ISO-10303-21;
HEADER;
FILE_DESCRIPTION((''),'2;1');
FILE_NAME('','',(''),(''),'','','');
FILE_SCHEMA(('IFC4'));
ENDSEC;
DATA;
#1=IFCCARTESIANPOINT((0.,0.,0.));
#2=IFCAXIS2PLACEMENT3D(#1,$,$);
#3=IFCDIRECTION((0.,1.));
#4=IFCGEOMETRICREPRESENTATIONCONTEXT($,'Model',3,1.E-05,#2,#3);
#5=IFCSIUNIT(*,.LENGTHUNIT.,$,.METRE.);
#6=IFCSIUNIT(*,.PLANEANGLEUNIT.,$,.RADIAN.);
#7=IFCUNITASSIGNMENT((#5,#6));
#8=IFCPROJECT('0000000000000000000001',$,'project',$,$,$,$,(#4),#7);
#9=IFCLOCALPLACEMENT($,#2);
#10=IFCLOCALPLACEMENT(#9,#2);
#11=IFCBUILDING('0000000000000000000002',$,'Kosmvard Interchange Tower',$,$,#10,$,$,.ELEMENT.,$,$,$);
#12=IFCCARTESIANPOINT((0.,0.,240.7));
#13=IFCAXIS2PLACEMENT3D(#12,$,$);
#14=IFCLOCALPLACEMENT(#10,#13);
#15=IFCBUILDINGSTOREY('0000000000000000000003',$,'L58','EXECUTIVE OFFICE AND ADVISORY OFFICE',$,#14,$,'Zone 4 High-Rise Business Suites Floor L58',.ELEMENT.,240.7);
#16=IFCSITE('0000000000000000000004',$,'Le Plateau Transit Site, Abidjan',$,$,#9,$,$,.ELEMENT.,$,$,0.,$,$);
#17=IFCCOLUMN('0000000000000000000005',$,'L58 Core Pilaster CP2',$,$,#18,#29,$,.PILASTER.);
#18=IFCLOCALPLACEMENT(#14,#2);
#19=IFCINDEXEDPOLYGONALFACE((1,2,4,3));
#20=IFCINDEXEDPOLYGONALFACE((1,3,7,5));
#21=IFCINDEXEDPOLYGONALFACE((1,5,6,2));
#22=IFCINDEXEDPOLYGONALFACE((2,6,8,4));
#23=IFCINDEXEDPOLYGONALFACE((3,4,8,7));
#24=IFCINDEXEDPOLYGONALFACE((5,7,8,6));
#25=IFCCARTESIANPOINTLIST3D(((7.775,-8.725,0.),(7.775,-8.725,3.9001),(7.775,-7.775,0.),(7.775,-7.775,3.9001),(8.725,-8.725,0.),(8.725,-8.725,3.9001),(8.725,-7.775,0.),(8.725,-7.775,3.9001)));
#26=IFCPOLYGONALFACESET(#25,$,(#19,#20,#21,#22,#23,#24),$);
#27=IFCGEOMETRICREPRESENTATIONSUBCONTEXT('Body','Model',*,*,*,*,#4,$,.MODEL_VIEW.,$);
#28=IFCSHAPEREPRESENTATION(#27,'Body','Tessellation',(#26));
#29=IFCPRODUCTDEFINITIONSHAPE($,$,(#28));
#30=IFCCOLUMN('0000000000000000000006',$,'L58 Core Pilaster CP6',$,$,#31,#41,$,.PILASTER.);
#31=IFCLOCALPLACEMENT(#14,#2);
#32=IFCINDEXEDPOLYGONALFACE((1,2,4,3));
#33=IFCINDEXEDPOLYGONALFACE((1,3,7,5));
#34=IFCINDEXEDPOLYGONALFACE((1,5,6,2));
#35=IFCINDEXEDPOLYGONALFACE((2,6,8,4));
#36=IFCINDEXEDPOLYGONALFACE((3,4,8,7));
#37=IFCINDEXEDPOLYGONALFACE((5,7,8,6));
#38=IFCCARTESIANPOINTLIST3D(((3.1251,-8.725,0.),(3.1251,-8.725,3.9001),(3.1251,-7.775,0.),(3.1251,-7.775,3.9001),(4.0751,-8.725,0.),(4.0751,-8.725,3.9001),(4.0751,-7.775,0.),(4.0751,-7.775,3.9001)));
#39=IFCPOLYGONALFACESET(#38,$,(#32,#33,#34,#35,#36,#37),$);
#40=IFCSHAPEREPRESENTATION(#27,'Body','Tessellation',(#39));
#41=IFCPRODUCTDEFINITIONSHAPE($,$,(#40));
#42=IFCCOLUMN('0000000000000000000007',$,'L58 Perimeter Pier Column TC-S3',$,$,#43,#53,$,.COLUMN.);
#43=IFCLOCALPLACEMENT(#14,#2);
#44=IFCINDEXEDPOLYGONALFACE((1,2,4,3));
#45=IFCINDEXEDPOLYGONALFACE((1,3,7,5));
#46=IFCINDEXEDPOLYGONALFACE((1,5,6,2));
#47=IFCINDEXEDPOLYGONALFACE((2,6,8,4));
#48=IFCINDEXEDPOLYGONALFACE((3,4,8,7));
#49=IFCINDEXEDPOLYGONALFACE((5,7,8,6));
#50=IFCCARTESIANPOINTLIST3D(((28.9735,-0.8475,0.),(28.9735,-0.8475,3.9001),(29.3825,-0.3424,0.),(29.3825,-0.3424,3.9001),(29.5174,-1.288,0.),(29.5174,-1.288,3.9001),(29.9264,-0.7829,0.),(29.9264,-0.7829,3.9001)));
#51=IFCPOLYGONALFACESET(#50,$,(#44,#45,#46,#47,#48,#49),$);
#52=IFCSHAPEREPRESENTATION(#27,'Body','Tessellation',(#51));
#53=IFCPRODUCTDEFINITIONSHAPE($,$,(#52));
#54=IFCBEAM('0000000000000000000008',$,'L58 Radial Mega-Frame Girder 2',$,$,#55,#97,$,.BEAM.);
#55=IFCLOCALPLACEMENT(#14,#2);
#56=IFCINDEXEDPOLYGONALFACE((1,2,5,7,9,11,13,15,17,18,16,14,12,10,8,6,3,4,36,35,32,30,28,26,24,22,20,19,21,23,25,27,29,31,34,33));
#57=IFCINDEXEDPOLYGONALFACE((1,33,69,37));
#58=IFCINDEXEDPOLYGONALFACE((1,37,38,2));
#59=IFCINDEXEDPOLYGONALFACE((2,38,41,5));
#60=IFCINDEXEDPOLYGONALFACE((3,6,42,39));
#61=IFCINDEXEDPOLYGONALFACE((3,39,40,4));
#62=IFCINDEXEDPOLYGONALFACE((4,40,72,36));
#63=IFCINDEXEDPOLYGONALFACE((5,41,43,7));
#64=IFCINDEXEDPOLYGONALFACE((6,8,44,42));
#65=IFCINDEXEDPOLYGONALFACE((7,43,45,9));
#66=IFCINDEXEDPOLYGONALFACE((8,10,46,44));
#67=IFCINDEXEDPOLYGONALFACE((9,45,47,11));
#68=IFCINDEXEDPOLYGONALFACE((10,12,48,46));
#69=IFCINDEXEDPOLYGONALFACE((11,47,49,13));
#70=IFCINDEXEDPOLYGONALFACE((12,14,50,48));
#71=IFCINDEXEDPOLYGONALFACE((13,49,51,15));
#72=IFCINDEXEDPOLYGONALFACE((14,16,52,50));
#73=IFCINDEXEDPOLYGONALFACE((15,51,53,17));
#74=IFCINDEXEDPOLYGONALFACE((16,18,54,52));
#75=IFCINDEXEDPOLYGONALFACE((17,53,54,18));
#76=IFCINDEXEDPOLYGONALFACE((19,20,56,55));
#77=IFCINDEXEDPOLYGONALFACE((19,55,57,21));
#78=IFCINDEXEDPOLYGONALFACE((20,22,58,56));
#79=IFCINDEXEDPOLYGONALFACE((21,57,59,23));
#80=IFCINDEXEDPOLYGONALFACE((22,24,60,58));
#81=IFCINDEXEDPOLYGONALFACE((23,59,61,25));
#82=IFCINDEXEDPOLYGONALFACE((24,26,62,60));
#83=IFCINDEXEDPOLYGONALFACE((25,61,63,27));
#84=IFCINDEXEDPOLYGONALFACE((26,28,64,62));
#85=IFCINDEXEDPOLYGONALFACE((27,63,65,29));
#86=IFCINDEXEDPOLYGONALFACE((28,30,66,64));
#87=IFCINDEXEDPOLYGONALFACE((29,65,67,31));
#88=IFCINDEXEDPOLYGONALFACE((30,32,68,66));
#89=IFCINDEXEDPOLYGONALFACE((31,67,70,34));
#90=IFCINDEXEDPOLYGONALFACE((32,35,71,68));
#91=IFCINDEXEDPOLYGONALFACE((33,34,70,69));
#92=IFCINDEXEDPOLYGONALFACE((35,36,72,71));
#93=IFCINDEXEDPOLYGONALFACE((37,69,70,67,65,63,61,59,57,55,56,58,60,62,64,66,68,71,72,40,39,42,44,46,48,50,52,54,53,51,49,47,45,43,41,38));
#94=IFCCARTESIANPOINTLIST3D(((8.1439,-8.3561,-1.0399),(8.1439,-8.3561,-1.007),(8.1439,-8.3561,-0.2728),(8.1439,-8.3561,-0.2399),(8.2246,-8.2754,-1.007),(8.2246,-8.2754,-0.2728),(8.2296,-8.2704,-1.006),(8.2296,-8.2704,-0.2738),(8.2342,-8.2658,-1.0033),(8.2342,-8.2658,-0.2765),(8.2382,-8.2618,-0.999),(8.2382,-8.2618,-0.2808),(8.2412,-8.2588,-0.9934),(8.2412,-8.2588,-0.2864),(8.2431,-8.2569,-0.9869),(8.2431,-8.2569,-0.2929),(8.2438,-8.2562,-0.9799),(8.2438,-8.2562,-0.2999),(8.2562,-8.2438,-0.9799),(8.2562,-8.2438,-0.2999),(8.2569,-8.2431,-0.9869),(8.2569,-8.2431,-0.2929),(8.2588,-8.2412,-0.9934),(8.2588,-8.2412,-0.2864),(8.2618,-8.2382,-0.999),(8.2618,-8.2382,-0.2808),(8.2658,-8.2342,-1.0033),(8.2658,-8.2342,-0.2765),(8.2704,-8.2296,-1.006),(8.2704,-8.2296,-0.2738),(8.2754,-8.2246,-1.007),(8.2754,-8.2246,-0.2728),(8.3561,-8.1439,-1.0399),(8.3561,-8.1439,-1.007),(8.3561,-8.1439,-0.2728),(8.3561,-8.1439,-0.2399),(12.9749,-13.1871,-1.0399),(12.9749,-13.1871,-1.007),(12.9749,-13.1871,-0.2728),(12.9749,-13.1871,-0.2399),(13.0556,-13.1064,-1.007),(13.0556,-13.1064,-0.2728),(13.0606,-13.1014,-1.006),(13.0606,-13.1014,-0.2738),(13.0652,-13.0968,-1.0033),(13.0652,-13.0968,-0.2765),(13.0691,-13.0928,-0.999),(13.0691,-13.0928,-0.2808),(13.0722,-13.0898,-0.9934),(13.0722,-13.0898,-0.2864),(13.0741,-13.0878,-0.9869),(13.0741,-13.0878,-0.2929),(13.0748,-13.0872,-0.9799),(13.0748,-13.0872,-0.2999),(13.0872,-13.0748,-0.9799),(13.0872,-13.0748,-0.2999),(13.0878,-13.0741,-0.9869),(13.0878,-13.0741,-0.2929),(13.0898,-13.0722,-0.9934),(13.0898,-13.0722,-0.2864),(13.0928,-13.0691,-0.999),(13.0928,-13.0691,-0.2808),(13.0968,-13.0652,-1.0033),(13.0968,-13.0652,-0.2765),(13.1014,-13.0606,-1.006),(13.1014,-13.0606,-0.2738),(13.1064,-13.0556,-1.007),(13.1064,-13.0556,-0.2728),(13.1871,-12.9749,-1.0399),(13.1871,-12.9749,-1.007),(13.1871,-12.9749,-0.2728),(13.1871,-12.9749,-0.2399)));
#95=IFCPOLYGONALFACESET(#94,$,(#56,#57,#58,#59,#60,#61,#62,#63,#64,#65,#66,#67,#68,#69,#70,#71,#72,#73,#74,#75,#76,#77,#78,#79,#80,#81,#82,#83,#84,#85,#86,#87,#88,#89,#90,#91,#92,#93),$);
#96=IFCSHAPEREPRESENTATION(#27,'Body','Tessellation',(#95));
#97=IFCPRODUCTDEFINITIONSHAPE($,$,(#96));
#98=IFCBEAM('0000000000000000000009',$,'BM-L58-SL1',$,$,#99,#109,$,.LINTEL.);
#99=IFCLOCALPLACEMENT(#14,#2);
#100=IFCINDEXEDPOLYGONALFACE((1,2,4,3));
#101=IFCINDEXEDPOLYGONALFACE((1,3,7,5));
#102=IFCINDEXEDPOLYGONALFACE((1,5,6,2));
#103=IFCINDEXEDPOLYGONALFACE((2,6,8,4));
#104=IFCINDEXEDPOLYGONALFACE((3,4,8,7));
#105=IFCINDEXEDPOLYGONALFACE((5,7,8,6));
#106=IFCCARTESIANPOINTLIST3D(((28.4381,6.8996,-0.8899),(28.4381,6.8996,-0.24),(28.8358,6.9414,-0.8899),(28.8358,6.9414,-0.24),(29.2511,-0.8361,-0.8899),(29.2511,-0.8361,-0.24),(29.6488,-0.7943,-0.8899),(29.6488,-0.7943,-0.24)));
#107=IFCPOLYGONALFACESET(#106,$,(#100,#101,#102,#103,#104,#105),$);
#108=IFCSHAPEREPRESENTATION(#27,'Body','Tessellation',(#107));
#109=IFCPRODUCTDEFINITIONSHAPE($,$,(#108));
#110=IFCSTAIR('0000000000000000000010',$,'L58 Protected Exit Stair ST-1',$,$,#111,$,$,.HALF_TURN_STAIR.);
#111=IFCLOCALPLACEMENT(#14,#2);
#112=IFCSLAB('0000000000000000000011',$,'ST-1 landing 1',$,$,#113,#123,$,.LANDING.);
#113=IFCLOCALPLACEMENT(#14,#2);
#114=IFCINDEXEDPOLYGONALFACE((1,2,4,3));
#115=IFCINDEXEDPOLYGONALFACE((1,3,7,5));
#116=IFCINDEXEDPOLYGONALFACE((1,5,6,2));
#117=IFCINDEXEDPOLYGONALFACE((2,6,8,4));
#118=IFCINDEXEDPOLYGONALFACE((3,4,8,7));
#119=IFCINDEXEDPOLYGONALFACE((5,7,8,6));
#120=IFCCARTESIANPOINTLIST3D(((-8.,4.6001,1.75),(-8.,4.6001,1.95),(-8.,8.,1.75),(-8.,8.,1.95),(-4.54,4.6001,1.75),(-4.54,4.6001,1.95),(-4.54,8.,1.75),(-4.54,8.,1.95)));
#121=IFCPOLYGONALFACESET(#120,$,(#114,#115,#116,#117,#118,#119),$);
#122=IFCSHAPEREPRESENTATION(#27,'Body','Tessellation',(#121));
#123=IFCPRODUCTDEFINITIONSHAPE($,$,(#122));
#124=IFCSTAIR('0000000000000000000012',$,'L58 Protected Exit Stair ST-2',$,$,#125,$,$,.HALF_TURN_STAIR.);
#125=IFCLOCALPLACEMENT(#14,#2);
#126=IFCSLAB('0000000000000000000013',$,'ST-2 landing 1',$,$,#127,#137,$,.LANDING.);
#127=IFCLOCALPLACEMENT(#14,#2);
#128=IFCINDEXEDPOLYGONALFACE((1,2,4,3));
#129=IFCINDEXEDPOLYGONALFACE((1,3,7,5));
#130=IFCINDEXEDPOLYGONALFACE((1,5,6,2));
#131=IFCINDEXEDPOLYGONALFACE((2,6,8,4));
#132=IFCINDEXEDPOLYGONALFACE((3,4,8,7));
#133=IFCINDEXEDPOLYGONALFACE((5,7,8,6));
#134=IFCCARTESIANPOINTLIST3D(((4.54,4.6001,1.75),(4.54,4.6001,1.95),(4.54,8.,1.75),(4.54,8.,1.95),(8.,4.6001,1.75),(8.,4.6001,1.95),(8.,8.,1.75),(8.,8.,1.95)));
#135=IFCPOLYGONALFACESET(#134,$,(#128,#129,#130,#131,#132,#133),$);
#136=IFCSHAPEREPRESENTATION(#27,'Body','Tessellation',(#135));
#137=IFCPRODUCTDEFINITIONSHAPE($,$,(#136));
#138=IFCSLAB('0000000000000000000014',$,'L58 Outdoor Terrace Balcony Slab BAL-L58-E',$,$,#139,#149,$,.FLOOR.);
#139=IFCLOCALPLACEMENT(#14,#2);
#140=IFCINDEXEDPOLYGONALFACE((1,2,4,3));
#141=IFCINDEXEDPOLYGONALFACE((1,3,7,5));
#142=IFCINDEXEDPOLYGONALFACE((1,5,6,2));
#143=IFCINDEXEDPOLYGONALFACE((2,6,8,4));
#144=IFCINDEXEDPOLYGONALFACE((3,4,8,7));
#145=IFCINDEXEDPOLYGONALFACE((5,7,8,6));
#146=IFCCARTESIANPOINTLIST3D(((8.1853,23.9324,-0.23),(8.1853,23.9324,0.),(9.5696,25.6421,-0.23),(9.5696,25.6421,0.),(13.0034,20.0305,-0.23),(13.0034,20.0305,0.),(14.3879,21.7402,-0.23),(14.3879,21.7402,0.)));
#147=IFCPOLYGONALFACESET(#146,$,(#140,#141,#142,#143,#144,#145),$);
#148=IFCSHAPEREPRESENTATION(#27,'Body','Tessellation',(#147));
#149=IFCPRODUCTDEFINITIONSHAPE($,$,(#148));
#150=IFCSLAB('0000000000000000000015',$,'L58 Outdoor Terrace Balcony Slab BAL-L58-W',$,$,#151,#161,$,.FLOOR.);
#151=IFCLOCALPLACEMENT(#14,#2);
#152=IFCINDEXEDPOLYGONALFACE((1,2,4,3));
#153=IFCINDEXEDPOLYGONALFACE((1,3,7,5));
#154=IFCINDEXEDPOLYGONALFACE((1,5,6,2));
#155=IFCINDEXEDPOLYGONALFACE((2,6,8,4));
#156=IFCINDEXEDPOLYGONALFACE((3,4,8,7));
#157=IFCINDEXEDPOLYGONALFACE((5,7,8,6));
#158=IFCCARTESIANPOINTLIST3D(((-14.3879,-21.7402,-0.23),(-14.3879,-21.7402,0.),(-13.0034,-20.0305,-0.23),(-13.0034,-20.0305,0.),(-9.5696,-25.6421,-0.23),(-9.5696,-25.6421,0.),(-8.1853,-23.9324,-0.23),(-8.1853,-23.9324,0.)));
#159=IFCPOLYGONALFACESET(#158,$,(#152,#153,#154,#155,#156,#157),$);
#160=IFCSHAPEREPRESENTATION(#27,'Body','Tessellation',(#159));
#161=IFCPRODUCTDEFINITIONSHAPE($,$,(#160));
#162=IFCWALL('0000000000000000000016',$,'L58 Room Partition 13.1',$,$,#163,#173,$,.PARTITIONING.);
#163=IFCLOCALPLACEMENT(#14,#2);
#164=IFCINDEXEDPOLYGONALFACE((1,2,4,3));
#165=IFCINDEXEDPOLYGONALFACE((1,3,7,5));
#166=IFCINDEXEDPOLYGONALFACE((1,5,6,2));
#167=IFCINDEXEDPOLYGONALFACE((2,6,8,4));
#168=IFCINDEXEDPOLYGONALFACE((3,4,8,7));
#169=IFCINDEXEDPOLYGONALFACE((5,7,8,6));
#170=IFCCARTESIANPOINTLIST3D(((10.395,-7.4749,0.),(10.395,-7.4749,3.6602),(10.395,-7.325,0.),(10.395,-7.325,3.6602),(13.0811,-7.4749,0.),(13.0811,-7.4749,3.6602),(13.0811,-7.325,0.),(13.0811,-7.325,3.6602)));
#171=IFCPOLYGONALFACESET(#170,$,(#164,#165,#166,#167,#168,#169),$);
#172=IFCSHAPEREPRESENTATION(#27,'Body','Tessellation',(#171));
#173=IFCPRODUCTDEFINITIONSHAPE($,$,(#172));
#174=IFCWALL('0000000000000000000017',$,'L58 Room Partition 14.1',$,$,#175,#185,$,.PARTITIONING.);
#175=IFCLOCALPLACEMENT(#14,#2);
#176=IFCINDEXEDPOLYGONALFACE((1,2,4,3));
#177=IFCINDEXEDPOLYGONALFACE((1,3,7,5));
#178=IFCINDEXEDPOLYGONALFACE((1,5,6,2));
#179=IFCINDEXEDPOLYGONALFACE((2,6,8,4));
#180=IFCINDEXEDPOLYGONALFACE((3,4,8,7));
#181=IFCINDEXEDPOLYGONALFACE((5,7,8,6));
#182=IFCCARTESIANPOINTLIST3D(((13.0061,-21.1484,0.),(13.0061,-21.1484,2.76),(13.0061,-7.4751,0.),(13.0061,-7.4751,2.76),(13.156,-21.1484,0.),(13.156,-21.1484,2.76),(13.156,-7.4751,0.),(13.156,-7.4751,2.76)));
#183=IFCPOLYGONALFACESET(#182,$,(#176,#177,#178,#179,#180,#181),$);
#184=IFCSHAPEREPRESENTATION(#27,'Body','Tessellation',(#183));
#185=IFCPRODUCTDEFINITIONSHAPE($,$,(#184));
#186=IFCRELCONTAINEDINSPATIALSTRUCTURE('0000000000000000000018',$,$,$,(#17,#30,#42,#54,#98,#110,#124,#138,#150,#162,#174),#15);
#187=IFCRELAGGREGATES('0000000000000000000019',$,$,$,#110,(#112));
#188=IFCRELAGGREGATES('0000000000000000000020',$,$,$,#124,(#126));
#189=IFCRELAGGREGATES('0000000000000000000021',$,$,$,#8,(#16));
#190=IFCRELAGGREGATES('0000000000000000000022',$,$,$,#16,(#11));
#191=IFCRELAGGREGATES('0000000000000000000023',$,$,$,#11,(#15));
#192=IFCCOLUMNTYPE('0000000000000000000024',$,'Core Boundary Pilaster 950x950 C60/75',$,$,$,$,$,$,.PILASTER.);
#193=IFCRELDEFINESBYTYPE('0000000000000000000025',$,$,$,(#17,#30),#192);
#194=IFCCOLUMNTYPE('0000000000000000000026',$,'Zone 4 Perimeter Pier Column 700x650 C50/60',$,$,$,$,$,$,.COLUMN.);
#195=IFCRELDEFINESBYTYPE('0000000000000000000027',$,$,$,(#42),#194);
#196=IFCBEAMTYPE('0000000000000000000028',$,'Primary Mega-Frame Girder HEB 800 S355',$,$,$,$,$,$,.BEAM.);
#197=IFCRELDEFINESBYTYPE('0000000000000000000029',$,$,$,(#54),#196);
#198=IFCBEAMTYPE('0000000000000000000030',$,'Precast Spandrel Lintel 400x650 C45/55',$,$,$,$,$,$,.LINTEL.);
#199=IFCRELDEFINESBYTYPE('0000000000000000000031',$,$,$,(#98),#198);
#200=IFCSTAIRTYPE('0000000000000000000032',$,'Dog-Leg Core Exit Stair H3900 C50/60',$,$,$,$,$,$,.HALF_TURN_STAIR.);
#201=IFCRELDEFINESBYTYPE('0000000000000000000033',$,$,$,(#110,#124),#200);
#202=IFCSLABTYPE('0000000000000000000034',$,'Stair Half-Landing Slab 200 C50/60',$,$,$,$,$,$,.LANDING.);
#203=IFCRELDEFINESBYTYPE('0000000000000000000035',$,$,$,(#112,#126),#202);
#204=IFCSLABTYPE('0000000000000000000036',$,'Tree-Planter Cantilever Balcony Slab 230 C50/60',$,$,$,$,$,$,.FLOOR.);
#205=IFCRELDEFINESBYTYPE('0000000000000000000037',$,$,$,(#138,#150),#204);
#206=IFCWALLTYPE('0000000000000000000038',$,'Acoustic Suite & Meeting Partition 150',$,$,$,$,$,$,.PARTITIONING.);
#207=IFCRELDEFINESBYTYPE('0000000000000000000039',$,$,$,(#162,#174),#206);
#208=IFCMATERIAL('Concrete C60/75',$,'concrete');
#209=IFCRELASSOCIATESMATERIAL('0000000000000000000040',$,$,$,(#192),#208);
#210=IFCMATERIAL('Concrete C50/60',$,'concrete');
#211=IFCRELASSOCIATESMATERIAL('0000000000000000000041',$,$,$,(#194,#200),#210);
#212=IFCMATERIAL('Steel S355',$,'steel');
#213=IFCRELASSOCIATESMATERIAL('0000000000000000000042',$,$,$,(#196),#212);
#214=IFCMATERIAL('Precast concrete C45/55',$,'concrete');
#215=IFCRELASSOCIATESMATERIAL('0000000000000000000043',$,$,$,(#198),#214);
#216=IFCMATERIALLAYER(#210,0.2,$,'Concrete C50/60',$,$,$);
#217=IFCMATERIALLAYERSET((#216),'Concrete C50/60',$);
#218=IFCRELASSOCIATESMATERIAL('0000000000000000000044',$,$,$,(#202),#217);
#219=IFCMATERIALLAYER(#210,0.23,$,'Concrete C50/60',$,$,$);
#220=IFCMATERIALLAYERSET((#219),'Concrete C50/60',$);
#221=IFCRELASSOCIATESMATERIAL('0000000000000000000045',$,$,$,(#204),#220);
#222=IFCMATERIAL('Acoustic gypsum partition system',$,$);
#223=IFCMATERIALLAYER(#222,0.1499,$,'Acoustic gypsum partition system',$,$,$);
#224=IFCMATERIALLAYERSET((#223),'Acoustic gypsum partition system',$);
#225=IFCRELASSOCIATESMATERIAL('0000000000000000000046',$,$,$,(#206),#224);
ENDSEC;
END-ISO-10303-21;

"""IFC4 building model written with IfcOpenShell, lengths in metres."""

from ifc_helpers import new_model, si_unit, direction, frame, frame_2d, origin, origin_2d, place, context, subcontext, project, spatial, polyline, rectangle, i_section, outline, extrude, source, transform, mapped, material, layer, layer_set, material_profile, profile_set, type_object, element, aggregate, save


model = new_model("IFC4")

# Units and contexts
model_context = context("Model", 3, precision=1e-05, world=origin(), true_north=direction((0.0, 1.0)))
body_context = subcontext(model_context, "Body", "Model", "MODEL_VIEW")
ifc_project = project(units=[si_unit("LENGTHUNIT", "METRE"), si_unit("PLANEANGLEUNIT", "RADIAN")], contexts=[model_context])

# Site, building, storey
site_placement = place(None, origin())
site = spatial("IfcSite", under=ifc_project, at=site_placement, Name="Le Plateau Transit Site, Abidjan", CompositionType="ELEMENT", RefElevation=0.0)
building_placement = place(site_placement, origin())
building = spatial("IfcBuilding", under=site, at=building_placement, Name="Kosmvard Interchange Tower", CompositionType="ELEMENT")
storey_placement = place(building_placement, frame((0.0, 0.0, 240.7)))
storey = spatial("IfcBuildingStorey", under=building, at=storey_placement, Name="L58", Description="EXECUTIVE OFFICE AND ADVISORY OFFICE", LongName="Zone 4 High-Rise Business Suites Floor L58", CompositionType="ELEMENT", Elevation=240.7)

# Columns
ifc_material_1 = material(Name="Concrete C60/75", Category="concrete")
ifc_material_profile_1 = material_profile(ifc_material_1, rectangle(XDim=0.95, YDim=0.95, at=origin_2d()), Name="CP 950x950")
ifc_profile_set_1 = profile_set([ifc_material_profile_1], Name="Concrete C60/75")
column_type_1 = type_object("IfcColumnType", Name="Core Boundary Pilaster 950x950 C60/75", PredefinedType="PILASTER", material=ifc_profile_set_1)
shared_shape_1 = source(origin(), body_context, "Body", "SweptSolid", [
    extrude(rectangle(XDim=0.95, YDim=0.95, at=origin_2d()), origin(), (0.0, 0.0, 1.0), 3.9001),
])
for number, where, z_axis, x_axis, name in (
    (1, (8.25, -8.25, 0.0), (0.0, 0.0, 1.0), (1.0, 0.0, 0.0), "L58 Core Pilaster CP2"),
    (2, (3.6001, -8.25, 0.0), (0.0, 0.0, 1.0), (1.0, 0.0, 0.0), "L58 Core Pilaster CP6"),
):
    element("IfcColumn", number, at=place(storey_placement, frame(where, z_axis=z_axis, x_axis=x_axis)), inside=storey, type_object=column_type_1, Name=name, PredefinedType="PILASTER", context=body_context, shape_type="MappedRepresentation", body=[
        mapped(shared_shape_1, transform((0.0, 0.0, 0.0), scale=1.0)),
    ])
ifc_material_2 = material(Name="Concrete C50/60", Category="concrete")
ifc_material_profile_2 = material_profile(ifc_material_2, rectangle(XDim=0.6499, YDim=0.7, at=origin_2d()), Name="TC 700x650")
ifc_profile_set_2 = profile_set([ifc_material_profile_2], Name="Concrete C50/60")
column_type_2 = type_object("IfcColumnType", Name="Zone 4 Perimeter Pier Column 700x650 C50/60", PredefinedType="COLUMN", material=ifc_profile_set_2)
shared_shape_2 = source(origin(), body_context, "Body", "SweptSolid", [
    extrude(rectangle(XDim=0.6499, YDim=0.7, at=origin_2d()), origin(), (0.0, 0.0, 1.0), 3.9001),
])
column_placement = place(storey_placement, frame((29.45, -0.8152, 0.0), z_axis=(0.0, 0.0, 1.0), x_axis=(0.62932, 0.777146, 0.0)))
element("IfcColumn", 3, at=column_placement, inside=storey, type_object=column_type_2, Name="L58 Perimeter Pier Column TC-S3", PredefinedType="COLUMN", context=body_context, shape_type="MappedRepresentation", body=[
    mapped(shared_shape_2, transform((0.0, 0.0, 0.0), scale=1.0)),
])

# Beams
ifc_material_3 = material(Name="Steel S355", Category="steel")
ifc_material_profile_3 = material_profile(ifc_material_3, i_section(OverallWidth=0.3, OverallDepth=0.8, WebThickness=0.0176, FlangeThickness=0.033, FilletRadius=0.0271, at=origin_2d()), Name="HEB 800")
ifc_profile_set_3 = profile_set([ifc_material_profile_3], Name="Steel S355")
beam_type_1 = type_object("IfcBeamType", Name="Primary Mega-Frame Girder HEB 800 S355", PredefinedType="BEAM", material=ifc_profile_set_3)
shared_shape_3 = source(origin(), body_context, "Body", "SweptSolid", [
    extrude(i_section(OverallWidth=0.3, OverallDepth=0.8, WebThickness=0.0176, FlangeThickness=0.033, FilletRadius=0.0271, at=origin_2d()), origin(), (0.0, 0.0, 1.0), 6.832),
])
beam_1_placement = place(storey_placement, frame((8.25, -8.25, -0.6399), z_axis=(0.707107, -0.707107, 0.0), x_axis=(0.707107, 0.707107, 0.0)))
element("IfcBeam", 4, at=beam_1_placement, inside=storey, type_object=beam_type_1, Name="L58 Radial Mega-Frame Girder 2", PredefinedType="BEAM", context=body_context, shape_type="MappedRepresentation", body=[
    mapped(shared_shape_3, transform((0.0, 0.0, 0.0), scale=1.0)),
])
ifc_material_4 = material(Name="Precast concrete C45/55", Category="concrete")
ifc_material_profile_4 = material_profile(ifc_material_4, rectangle(XDim=0.3999, YDim=0.6499, at=origin_2d()), Name="SL 400x650")
ifc_profile_set_4 = profile_set([ifc_material_profile_4], Name="Precast concrete C45/55")
beam_type_2 = type_object("IfcBeamType", Name="Precast Spandrel Lintel 400x650 C45/55", PredefinedType="LINTEL", material=ifc_profile_set_4)
shared_shape_4 = source(origin(), body_context, "Body", "SweptSolid", [
    extrude(rectangle(XDim=0.3999, YDim=0.6499, at=origin_2d()), origin(), (0.0, 0.0, 1.0), 7.7783),
])
beam_2_placement = place(storey_placement, frame((29.45, -0.8152, -0.5649), z_axis=(-0.104521, 0.994523, 0.0), x_axis=(-0.994523, -0.104521, 0.0)))
element("IfcBeam", 5, at=beam_2_placement, inside=storey, type_object=beam_type_2, Name="BM-L58-SL1", PredefinedType="LINTEL", context=body_context, shape_type="MappedRepresentation", body=[
    mapped(shared_shape_4, transform((0.0, 0.0, 0.0), scale=1.0)),
])

# Stairs, slabs
stair_type = type_object("IfcStairType", Name="Dog-Leg Core Exit Stair H3900 C50/60", PredefinedType="HALF_TURN_STAIR", material=ifc_material_2)
stair_1_placement = place(storey_placement, origin())
stair_1 = element("IfcStair", 6, at=stair_1_placement, inside=storey, type_object=stair_type, Name="L58 Protected Exit Stair ST-1", PredefinedType="HALF_TURN_STAIR")
ifc_layer_1 = layer(ifc_material_2, 0.2, Name="Concrete C50/60")
ifc_layer_set_1 = layer_set([ifc_layer_1], Name="Concrete C50/60")
slab_type_1 = type_object("IfcSlabType", Name="Stair Half-Landing Slab 200 C50/60", PredefinedType="LANDING", material=ifc_layer_set_1)
slab_1_placement = place(storey_placement, frame((0.0, 0.0, 1.75)))
slab_1 = element("IfcSlab", 7, at=slab_1_placement, type_object=slab_type_1, Name="ST-1 landing 1", PredefinedType="LANDING", context=body_context, shape_type="SweptSolid", body=[
    extrude(outline(polyline([(-4.54, 4.6001), (-4.54, 8.0), (-8.0, 8.0), (-8.0, 4.6001), (-4.54, 4.6001)])), origin(), (0.0, 0.0, 1.0), 0.2),
])
aggregate(stair_1, [slab_1])
stair_2_placement = place(storey_placement, origin())
stair_2 = element("IfcStair", 8, at=stair_2_placement, inside=storey, type_object=stair_type, Name="L58 Protected Exit Stair ST-2", PredefinedType="HALF_TURN_STAIR")
slab_2_placement = place(storey_placement, frame((0.0, 0.0, 1.75)))
slab_2 = element("IfcSlab", 9, at=slab_2_placement, type_object=slab_type_1, Name="ST-2 landing 1", PredefinedType="LANDING", context=body_context, shape_type="SweptSolid", body=[
    extrude(outline(polyline([(8.0, 4.6001), (8.0, 8.0), (4.54, 8.0), (4.54, 4.6001), (8.0, 4.6001)])), origin(), (0.0, 0.0, 1.0), 0.2),
])
aggregate(stair_2, [slab_2])

# Slabs
ifc_layer_2 = layer(ifc_material_2, 0.23, Name="Concrete C50/60")
ifc_layer_set_2 = layer_set([ifc_layer_2], Name="Concrete C50/60")
slab_type_2 = type_object("IfcSlabType", Name="Tree-Planter Cantilever Balcony Slab 230 C50/60", PredefinedType="FLOOR", material=ifc_layer_set_2)
slab_3_placement = place(storey_placement, frame((0.0, 0.0, -0.23)))
element("IfcSlab", 10, at=slab_3_placement, inside=storey, type_object=slab_type_2, Name="L58 Outdoor Terrace Balcony Slab BAL-L58-E", PredefinedType="FLOOR", context=body_context, shape_type="SweptSolid", body=[
    extrude(outline(polyline([(13.0034, 20.0305), (14.3879, 21.7402), (9.5696, 25.6421), (8.1853, 23.9324), (13.0034, 20.0305)])), origin(), (0.0, 0.0, 1.0), 0.23),
])
slab_4_placement = place(storey_placement, frame((0.0, 0.0, -0.23)))
element("IfcSlab", 11, at=slab_4_placement, inside=storey, type_object=slab_type_2, Name="L58 Outdoor Terrace Balcony Slab BAL-L58-W", PredefinedType="FLOOR", context=body_context, shape_type="SweptSolid", body=[
    extrude(outline(polyline([(-9.5696, -25.6421), (-8.1853, -23.9324), (-13.0034, -20.0305), (-14.3879, -21.7402), (-9.5696, -25.6421)])), origin(), (0.0, 0.0, 1.0), 0.23),
])

# Walls
ifc_material_5 = material(Name="Acoustic gypsum partition system")
ifc_layer_3 = layer(ifc_material_5, 0.1499, Name="Acoustic gypsum partition system")
ifc_layer_set_3 = layer_set([ifc_layer_3], Name="Acoustic gypsum partition system")
wall_type_1 = type_object("IfcWallType", Name="Acoustic Suite & Meeting Partition 150", PredefinedType="PARTITIONING", material=ifc_layer_set_3)
wall_1_placement = place(storey_placement, frame((10.395, -7.3999, 0.0), z_axis=(0.0, 0.0, 1.0), x_axis=(1.0, 0.0, 0.0)))
element("IfcWall", 12, at=wall_1_placement, inside=storey, type_object=wall_type_1, Name="L58 Room Partition 13.1", PredefinedType="PARTITIONING", context=body_context, shape_type="SweptSolid", body=[
    extrude(rectangle(XDim=2.686, YDim=0.1499, at=frame_2d((1.343, 0.0))), origin(), (0.0, 0.0, 1.0), 3.6602),
])
wall_2_placement = place(storey_placement, frame((13.0811, -7.4751, 0.0), z_axis=(0.0, 0.0, 1.0), x_axis=(0.0, -1.0, 0.0)))
element("IfcWall", 13, at=wall_2_placement, inside=storey, type_object=wall_type_1, Name="L58 Room Partition 14.1", PredefinedType="PARTITIONING", context=body_context, shape_type="SweptSolid", body=[
    extrude(rectangle(XDim=13.6733, YDim=0.1499, at=frame_2d((6.8367, 0.0))), origin(), (0.0, 0.0, 1.0), 2.76),
])

save(model, "model.ifc")
